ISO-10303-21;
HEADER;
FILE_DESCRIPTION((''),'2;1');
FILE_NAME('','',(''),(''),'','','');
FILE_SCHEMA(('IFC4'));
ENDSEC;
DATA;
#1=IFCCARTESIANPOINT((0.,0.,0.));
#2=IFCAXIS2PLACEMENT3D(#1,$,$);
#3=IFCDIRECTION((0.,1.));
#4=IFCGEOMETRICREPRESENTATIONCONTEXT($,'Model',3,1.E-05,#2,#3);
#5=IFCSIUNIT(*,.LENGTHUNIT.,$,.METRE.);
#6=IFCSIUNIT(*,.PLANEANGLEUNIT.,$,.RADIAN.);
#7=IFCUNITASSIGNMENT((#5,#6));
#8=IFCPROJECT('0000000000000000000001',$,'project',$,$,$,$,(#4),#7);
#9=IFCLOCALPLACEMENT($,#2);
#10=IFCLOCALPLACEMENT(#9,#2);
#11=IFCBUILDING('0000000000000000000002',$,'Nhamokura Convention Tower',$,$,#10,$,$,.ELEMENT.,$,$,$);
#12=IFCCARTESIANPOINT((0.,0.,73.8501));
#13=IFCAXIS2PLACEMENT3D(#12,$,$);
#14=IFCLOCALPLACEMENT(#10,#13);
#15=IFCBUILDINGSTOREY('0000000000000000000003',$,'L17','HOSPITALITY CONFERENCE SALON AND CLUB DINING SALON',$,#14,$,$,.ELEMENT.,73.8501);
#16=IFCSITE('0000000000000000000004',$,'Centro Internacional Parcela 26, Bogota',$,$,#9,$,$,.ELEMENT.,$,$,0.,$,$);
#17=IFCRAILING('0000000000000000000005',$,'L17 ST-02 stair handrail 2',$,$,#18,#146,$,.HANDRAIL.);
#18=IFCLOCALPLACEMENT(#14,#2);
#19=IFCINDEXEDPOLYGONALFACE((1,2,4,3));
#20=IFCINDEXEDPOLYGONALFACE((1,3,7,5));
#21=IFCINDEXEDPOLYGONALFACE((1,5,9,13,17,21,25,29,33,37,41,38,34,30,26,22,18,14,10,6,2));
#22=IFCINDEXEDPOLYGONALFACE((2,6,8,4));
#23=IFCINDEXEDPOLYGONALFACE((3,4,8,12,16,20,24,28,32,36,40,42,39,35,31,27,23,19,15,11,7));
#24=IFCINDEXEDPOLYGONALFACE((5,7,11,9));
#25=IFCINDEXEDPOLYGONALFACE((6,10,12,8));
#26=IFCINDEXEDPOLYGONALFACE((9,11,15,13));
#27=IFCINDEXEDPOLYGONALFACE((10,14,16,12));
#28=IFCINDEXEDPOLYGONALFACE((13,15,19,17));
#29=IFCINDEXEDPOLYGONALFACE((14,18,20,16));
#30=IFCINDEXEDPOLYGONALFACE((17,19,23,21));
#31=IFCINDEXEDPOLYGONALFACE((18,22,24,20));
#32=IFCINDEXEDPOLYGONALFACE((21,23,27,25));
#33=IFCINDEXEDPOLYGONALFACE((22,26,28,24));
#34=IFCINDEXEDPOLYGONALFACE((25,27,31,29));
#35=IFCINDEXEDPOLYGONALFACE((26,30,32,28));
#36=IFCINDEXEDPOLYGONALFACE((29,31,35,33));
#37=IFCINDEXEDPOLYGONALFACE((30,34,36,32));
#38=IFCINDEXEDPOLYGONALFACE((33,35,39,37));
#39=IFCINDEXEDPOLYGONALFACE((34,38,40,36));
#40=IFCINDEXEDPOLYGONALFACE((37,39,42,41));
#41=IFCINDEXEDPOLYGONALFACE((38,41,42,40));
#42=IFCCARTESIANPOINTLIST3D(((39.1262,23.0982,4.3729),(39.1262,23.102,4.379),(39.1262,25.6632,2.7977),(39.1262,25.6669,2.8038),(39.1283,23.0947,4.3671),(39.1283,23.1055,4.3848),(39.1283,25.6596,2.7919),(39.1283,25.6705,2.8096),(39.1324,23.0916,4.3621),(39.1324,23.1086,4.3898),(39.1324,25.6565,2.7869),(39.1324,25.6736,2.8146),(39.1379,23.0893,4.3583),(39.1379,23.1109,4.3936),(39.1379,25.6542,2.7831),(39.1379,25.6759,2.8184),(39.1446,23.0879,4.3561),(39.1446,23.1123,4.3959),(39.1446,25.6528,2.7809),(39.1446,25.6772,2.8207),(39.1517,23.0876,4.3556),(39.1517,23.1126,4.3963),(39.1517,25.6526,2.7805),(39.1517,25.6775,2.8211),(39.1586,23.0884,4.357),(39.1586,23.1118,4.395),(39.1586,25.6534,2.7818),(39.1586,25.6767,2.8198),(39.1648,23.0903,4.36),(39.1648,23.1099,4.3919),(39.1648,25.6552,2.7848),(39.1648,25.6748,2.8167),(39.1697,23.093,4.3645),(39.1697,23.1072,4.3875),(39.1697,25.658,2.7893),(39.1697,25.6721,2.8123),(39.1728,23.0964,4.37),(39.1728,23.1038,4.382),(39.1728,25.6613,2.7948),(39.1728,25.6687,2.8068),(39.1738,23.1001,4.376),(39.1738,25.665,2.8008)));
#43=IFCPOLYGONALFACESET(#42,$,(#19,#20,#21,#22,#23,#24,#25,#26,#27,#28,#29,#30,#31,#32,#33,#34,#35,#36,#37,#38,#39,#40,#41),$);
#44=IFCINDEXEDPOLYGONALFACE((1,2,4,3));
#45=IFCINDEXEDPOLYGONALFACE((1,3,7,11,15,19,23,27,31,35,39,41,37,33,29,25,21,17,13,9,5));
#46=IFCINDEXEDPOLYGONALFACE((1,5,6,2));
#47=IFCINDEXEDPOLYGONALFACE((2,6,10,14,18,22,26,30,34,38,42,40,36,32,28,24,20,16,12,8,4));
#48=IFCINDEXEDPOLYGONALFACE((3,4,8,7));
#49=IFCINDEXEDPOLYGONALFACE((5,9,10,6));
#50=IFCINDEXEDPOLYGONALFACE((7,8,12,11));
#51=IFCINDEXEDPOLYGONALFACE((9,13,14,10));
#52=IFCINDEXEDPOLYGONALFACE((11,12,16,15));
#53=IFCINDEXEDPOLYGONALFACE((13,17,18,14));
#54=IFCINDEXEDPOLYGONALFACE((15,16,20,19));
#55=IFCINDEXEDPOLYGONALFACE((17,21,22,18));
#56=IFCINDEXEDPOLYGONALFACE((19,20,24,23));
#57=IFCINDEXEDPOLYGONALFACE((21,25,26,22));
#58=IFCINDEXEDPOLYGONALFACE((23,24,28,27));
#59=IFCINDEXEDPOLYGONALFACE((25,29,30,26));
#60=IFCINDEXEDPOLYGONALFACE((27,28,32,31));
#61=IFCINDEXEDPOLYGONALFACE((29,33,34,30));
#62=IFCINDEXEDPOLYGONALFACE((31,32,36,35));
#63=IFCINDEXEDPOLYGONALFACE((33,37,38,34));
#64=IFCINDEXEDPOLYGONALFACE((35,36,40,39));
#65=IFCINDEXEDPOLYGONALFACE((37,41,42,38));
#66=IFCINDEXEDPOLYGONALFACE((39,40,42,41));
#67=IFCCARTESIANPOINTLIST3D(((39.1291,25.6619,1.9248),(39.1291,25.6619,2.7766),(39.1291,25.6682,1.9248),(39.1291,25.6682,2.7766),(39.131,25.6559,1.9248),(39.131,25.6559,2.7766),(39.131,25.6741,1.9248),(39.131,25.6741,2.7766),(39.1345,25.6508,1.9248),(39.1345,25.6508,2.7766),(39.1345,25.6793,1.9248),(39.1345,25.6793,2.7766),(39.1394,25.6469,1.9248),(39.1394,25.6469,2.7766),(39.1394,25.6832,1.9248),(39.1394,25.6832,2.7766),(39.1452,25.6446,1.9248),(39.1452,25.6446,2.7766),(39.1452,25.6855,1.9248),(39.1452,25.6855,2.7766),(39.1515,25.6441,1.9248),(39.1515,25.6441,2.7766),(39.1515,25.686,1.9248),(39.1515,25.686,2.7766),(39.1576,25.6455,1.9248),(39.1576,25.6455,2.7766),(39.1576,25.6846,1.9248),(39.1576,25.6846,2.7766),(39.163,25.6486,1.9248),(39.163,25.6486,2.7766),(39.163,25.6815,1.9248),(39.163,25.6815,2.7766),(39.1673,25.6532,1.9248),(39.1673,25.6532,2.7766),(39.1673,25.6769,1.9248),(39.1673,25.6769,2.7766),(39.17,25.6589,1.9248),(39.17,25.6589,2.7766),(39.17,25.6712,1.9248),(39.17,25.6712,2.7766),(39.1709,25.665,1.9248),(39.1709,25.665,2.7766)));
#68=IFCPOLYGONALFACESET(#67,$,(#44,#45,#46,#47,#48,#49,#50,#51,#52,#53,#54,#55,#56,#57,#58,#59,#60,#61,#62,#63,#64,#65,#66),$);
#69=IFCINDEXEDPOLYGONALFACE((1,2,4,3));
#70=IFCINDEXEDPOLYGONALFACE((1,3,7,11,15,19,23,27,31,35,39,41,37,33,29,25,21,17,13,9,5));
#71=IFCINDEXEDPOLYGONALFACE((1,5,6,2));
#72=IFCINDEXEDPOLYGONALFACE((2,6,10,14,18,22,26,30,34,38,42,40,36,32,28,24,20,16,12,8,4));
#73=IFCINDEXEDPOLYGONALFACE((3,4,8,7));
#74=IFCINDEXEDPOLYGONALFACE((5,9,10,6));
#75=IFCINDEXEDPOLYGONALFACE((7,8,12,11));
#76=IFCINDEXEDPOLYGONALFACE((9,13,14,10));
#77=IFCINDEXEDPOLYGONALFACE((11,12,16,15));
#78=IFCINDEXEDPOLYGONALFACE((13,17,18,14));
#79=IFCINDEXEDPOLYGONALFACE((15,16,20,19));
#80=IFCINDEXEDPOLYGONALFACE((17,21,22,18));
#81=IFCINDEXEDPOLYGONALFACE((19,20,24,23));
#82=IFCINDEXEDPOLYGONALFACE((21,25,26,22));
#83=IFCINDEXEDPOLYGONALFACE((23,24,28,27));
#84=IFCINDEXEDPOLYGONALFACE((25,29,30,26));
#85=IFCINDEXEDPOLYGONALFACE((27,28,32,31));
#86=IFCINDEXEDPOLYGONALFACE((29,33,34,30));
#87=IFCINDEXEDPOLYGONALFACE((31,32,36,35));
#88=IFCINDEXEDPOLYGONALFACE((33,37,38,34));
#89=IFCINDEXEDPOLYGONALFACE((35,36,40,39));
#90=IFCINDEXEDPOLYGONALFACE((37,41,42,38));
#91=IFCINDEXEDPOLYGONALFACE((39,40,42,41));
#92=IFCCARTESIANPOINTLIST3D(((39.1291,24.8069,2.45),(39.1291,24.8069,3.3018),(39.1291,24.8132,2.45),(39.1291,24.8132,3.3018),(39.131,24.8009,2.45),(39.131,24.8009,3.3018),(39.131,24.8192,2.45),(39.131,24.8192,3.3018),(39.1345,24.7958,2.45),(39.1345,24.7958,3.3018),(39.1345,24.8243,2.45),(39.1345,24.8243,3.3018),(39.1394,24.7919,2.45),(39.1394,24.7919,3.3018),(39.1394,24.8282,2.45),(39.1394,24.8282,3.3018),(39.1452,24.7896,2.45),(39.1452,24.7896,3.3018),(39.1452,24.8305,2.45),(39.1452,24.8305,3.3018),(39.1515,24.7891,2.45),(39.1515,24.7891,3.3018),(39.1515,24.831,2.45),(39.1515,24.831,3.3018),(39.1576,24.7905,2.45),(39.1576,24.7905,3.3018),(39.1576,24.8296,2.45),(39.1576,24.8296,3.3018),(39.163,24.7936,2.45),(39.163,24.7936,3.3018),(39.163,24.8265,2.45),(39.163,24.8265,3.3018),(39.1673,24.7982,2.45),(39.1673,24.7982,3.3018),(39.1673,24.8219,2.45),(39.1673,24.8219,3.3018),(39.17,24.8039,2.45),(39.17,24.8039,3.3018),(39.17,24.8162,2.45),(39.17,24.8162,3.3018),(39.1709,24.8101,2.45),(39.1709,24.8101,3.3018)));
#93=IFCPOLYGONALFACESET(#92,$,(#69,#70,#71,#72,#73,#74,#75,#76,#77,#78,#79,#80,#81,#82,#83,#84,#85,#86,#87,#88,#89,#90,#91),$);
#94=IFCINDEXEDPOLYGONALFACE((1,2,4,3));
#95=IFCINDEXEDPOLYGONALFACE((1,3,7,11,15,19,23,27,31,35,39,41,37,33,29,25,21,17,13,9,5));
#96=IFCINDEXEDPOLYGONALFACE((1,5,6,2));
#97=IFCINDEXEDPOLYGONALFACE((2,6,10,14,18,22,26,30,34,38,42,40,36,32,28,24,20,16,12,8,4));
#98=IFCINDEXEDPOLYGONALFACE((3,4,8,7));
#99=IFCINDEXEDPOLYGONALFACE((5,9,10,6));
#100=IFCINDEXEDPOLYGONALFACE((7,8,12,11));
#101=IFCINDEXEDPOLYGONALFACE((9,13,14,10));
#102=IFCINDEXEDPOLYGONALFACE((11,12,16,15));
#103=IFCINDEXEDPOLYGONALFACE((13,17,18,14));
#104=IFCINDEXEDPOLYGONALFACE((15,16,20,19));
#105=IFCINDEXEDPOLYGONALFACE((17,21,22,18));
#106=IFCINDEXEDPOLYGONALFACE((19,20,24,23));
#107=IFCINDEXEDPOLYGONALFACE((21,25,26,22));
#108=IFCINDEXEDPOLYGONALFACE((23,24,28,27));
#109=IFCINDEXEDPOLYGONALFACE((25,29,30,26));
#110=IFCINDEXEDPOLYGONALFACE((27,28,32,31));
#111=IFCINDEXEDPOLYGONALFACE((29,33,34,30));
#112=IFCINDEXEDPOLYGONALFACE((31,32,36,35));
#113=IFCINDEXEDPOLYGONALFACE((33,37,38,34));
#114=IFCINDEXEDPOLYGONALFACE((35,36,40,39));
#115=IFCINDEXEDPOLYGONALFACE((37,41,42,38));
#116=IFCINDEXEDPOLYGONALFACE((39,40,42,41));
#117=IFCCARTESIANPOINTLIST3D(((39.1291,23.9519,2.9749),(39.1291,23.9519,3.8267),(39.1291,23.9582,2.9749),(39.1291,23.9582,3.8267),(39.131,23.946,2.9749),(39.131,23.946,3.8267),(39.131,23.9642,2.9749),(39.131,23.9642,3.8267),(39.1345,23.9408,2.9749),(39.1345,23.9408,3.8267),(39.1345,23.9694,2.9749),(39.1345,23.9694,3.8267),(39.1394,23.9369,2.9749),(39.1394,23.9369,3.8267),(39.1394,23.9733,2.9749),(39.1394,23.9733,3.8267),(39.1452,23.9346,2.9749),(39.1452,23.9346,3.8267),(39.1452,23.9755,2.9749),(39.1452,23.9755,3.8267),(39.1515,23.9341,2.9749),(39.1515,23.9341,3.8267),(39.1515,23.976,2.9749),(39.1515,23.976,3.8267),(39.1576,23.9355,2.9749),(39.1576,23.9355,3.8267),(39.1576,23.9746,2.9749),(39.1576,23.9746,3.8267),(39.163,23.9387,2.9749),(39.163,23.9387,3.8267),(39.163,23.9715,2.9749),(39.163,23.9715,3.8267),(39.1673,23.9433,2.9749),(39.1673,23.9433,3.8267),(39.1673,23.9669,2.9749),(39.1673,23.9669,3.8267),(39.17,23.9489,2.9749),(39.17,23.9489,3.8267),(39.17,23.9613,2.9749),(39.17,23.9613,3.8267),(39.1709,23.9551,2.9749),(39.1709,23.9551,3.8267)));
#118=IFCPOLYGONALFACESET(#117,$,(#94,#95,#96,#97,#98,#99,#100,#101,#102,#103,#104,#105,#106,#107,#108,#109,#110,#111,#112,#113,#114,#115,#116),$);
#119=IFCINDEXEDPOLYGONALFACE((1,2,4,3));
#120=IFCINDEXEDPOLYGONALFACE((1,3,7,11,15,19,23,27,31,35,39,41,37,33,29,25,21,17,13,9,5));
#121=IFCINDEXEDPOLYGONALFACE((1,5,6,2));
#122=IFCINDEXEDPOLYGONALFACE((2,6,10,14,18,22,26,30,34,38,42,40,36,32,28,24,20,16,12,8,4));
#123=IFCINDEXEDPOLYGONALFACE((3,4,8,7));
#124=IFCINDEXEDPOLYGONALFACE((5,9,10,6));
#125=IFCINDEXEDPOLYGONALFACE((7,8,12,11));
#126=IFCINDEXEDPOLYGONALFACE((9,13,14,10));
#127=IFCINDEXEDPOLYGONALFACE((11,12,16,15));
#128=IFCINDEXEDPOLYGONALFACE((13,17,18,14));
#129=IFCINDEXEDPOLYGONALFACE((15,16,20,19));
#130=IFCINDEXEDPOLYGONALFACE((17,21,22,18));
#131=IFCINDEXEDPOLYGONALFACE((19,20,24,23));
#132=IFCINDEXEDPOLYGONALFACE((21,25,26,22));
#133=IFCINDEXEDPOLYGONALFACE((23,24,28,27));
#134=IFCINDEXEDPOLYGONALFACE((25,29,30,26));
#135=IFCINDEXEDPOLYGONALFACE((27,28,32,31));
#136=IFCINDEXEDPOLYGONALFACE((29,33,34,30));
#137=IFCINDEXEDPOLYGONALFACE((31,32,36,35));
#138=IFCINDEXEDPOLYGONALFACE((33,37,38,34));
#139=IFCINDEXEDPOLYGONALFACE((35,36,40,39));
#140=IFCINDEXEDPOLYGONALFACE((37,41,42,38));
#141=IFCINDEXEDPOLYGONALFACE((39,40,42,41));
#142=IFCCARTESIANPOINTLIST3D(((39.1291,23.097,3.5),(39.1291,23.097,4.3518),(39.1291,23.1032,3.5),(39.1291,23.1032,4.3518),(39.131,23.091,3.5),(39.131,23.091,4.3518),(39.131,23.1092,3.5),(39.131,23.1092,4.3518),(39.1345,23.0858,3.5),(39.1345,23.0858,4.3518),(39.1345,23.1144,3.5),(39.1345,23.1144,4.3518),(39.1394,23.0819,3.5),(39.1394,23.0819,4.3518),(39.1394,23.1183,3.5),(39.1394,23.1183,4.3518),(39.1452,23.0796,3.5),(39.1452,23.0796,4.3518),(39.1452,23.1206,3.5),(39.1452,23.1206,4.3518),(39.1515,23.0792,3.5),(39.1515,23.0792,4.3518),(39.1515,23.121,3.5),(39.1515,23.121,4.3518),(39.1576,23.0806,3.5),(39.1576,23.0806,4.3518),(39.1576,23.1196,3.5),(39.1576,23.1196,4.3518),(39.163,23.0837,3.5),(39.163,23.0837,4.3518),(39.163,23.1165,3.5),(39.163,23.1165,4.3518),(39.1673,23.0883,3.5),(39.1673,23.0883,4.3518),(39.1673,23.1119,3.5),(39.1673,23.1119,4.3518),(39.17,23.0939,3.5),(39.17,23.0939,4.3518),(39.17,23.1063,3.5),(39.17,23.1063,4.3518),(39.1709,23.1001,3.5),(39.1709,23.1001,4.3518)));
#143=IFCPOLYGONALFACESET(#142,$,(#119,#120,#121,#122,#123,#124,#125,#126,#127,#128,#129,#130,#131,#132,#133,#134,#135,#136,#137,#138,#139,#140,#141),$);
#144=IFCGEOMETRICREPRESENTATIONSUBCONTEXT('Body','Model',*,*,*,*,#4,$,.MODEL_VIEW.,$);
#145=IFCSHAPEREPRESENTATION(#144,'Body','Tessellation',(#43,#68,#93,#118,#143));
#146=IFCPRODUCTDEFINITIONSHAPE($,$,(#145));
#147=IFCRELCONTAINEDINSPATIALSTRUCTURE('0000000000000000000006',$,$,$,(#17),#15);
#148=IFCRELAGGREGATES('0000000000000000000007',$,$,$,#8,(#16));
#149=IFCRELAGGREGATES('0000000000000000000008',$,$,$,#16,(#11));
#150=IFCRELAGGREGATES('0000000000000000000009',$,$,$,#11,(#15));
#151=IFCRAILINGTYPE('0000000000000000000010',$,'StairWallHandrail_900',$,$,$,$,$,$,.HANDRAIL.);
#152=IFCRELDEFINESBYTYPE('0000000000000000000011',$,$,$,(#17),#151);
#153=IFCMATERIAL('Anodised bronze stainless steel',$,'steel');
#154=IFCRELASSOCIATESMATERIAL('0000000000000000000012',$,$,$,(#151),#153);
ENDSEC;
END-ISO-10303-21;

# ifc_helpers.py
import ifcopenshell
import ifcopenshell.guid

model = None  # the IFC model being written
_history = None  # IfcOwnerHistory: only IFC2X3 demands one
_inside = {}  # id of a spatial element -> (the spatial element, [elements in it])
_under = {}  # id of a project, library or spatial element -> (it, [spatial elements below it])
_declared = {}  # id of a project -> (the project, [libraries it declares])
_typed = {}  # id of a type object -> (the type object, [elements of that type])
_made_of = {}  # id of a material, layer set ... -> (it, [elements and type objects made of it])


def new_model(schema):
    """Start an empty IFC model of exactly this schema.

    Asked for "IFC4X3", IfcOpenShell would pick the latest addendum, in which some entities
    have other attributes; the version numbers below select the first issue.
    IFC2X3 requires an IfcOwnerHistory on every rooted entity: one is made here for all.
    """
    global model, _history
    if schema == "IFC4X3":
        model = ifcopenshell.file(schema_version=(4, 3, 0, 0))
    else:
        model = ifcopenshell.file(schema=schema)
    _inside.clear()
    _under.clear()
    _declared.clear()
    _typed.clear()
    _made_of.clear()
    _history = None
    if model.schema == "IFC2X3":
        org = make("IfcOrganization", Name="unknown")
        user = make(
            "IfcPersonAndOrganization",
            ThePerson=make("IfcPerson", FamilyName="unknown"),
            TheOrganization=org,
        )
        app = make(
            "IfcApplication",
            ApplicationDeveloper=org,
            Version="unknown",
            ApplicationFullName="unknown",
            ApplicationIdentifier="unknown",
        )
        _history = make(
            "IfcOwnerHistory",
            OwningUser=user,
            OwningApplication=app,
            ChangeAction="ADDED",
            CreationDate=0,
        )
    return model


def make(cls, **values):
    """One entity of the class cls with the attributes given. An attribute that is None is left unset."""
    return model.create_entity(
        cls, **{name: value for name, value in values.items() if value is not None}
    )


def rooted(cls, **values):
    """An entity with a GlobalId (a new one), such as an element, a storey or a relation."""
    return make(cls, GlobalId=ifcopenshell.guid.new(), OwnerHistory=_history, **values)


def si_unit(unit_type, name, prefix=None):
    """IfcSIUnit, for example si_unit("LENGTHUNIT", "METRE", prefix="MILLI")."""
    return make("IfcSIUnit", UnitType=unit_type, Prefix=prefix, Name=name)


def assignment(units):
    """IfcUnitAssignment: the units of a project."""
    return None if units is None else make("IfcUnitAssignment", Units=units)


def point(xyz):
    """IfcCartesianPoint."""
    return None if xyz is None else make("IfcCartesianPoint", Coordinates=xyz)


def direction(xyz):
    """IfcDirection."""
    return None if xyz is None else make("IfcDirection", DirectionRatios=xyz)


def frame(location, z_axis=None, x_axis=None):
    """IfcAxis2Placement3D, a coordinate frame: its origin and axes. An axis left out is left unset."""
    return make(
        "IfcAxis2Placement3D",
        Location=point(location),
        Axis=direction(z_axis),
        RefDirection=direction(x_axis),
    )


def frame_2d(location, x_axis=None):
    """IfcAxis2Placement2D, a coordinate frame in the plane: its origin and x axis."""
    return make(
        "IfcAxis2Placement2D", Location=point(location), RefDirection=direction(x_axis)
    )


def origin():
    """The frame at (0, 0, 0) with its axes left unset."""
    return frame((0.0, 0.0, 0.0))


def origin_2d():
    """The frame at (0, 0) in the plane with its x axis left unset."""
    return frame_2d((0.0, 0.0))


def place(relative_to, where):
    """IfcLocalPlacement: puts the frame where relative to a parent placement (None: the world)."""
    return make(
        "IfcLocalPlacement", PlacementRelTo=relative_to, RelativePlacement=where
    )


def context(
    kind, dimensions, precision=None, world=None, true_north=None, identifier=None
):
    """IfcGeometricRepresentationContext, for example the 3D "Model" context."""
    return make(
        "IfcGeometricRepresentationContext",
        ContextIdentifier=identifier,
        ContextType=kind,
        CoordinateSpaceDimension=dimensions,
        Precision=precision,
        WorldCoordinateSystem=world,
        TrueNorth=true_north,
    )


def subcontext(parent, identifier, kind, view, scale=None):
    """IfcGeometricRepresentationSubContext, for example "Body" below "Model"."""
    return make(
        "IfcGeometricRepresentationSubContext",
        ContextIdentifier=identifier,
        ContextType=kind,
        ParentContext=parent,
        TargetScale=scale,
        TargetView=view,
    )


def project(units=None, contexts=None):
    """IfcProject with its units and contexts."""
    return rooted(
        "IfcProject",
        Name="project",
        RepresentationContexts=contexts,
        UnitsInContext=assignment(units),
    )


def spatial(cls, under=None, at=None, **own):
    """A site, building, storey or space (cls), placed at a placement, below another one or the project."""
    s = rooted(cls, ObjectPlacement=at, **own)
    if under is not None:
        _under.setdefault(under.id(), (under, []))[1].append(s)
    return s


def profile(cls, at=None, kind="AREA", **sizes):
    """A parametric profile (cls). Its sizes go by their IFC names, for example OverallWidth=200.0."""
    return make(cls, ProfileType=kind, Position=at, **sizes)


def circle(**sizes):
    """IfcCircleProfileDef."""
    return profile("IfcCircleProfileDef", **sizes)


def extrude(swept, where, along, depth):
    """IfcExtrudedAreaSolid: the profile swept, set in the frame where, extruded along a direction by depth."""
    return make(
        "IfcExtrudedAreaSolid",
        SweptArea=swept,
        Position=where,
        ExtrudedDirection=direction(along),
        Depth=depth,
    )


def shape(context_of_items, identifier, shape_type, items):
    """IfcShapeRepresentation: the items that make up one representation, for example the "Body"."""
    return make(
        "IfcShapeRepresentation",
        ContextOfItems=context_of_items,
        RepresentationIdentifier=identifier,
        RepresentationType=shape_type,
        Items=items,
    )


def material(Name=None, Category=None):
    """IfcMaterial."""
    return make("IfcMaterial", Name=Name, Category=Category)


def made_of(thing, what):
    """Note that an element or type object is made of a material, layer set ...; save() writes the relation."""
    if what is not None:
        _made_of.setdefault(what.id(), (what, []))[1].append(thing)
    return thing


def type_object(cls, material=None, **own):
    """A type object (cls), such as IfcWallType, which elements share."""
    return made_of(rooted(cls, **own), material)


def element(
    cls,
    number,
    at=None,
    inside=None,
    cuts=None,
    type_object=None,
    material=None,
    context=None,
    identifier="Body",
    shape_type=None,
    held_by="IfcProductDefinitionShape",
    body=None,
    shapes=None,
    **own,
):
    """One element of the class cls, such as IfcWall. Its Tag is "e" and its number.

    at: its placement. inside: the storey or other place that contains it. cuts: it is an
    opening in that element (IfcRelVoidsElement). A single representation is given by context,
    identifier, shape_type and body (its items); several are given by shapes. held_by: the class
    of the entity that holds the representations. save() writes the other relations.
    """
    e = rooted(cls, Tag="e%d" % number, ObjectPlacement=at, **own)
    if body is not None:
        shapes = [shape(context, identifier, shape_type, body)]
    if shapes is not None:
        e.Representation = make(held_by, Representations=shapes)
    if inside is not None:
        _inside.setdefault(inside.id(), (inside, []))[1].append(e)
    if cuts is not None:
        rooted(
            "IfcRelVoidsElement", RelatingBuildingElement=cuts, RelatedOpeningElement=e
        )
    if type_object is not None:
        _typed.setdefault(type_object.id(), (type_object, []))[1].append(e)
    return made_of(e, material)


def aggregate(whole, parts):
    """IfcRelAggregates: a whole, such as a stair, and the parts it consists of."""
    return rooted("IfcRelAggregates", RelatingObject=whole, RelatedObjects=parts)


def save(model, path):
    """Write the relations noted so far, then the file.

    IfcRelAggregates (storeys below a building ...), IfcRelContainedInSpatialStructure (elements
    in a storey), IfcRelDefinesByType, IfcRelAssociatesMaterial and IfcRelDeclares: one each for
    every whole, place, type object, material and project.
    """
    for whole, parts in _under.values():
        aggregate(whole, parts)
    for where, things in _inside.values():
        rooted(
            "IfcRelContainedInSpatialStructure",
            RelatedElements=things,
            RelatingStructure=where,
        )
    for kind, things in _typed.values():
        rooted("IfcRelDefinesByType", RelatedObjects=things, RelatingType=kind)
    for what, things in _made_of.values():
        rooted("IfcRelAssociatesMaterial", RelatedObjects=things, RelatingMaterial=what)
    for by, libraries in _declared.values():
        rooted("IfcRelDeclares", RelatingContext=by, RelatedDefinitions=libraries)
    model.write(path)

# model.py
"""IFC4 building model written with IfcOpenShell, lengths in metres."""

from ifc_helpers import new_model, si_unit, direction, frame, origin, origin_2d, place, context, subcontext, project, spatial, circle, extrude, material, type_object, element, save


model = new_model("IFC4")

# Units and contexts
model_context = context("Model", 3, precision=1e-05, world=origin(), true_north=direction((0.0, 1.0)))
body_context = subcontext(model_context, "Body", "Model", "MODEL_VIEW")
ifc_project = project(units=[si_unit("LENGTHUNIT", "METRE"), si_unit("PLANEANGLEUNIT", "RADIAN")], contexts=[model_context])

# Site, building, storey
site_placement = place(None, origin())
site = spatial("IfcSite", under=ifc_project, at=site_placement, Name="Centro Internacional Parcela 26, Bogota", CompositionType="ELEMENT", RefElevation=0.0)
building_placement = place(site_placement, origin())
building = spatial("IfcBuilding", under=site, at=building_placement, Name="Nhamokura Convention Tower", CompositionType="ELEMENT")
storey_placement = place(building_placement, frame((0.0, 0.0, 73.8501)))
storey = spatial("IfcBuildingStorey", under=building, at=storey_placement, Name="L17", Description="HOSPITALITY CONFERENCE SALON AND CLUB DINING SALON", CompositionType="ELEMENT", Elevation=73.8501)

# Railing
ifc_material_1 = material(Name="Anodised bronze stainless steel", Category="steel")
railing_type_1 = type_object("IfcRailingType", Name="StairWallHandrail_900", PredefinedType="HANDRAIL", material=ifc_material_1)
railing_1_placement = place(storey_placement, frame((39.1499, 25.665, 1.9248)))
element("IfcRailing", 1, at=railing_1_placement, inside=storey, type_object=railing_type_1, Name="L17 ST-02 stair handrail 2", PredefinedType="HANDRAIL", context=body_context, shape_type="SweptSolid", body=[
    extrude(circle(Radius=0.0239, at=origin_2d()), frame((0.0, 0.0, 0.876), z_axis=(0.0, -0.852137, 0.523319), x_axis=(1.0, 0.0, 0.0)), (0.0, 0.0, 1.0), 3.01),
    extrude(circle(Radius=0.021, at=origin_2d()), origin(), (0.0, 0.0, 1.0), 0.8518),
    extrude(circle(Radius=0.021, at=origin_2d()), frame((0.0, -0.855, 0.5251)), (0.0, 0.0, 1.0), 0.8518),
    extrude(circle(Radius=0.021, at=origin_2d()), frame((0.0, -1.71, 1.05)), (0.0, 0.0, 1.0), 0.8518),
    extrude(circle(Radius=0.021, at=origin_2d()), frame((0.0, -2.5649, 1.5752)), (0.0, 0.0, 1.0), 0.8518),
])

save(model, "model.ifc")
